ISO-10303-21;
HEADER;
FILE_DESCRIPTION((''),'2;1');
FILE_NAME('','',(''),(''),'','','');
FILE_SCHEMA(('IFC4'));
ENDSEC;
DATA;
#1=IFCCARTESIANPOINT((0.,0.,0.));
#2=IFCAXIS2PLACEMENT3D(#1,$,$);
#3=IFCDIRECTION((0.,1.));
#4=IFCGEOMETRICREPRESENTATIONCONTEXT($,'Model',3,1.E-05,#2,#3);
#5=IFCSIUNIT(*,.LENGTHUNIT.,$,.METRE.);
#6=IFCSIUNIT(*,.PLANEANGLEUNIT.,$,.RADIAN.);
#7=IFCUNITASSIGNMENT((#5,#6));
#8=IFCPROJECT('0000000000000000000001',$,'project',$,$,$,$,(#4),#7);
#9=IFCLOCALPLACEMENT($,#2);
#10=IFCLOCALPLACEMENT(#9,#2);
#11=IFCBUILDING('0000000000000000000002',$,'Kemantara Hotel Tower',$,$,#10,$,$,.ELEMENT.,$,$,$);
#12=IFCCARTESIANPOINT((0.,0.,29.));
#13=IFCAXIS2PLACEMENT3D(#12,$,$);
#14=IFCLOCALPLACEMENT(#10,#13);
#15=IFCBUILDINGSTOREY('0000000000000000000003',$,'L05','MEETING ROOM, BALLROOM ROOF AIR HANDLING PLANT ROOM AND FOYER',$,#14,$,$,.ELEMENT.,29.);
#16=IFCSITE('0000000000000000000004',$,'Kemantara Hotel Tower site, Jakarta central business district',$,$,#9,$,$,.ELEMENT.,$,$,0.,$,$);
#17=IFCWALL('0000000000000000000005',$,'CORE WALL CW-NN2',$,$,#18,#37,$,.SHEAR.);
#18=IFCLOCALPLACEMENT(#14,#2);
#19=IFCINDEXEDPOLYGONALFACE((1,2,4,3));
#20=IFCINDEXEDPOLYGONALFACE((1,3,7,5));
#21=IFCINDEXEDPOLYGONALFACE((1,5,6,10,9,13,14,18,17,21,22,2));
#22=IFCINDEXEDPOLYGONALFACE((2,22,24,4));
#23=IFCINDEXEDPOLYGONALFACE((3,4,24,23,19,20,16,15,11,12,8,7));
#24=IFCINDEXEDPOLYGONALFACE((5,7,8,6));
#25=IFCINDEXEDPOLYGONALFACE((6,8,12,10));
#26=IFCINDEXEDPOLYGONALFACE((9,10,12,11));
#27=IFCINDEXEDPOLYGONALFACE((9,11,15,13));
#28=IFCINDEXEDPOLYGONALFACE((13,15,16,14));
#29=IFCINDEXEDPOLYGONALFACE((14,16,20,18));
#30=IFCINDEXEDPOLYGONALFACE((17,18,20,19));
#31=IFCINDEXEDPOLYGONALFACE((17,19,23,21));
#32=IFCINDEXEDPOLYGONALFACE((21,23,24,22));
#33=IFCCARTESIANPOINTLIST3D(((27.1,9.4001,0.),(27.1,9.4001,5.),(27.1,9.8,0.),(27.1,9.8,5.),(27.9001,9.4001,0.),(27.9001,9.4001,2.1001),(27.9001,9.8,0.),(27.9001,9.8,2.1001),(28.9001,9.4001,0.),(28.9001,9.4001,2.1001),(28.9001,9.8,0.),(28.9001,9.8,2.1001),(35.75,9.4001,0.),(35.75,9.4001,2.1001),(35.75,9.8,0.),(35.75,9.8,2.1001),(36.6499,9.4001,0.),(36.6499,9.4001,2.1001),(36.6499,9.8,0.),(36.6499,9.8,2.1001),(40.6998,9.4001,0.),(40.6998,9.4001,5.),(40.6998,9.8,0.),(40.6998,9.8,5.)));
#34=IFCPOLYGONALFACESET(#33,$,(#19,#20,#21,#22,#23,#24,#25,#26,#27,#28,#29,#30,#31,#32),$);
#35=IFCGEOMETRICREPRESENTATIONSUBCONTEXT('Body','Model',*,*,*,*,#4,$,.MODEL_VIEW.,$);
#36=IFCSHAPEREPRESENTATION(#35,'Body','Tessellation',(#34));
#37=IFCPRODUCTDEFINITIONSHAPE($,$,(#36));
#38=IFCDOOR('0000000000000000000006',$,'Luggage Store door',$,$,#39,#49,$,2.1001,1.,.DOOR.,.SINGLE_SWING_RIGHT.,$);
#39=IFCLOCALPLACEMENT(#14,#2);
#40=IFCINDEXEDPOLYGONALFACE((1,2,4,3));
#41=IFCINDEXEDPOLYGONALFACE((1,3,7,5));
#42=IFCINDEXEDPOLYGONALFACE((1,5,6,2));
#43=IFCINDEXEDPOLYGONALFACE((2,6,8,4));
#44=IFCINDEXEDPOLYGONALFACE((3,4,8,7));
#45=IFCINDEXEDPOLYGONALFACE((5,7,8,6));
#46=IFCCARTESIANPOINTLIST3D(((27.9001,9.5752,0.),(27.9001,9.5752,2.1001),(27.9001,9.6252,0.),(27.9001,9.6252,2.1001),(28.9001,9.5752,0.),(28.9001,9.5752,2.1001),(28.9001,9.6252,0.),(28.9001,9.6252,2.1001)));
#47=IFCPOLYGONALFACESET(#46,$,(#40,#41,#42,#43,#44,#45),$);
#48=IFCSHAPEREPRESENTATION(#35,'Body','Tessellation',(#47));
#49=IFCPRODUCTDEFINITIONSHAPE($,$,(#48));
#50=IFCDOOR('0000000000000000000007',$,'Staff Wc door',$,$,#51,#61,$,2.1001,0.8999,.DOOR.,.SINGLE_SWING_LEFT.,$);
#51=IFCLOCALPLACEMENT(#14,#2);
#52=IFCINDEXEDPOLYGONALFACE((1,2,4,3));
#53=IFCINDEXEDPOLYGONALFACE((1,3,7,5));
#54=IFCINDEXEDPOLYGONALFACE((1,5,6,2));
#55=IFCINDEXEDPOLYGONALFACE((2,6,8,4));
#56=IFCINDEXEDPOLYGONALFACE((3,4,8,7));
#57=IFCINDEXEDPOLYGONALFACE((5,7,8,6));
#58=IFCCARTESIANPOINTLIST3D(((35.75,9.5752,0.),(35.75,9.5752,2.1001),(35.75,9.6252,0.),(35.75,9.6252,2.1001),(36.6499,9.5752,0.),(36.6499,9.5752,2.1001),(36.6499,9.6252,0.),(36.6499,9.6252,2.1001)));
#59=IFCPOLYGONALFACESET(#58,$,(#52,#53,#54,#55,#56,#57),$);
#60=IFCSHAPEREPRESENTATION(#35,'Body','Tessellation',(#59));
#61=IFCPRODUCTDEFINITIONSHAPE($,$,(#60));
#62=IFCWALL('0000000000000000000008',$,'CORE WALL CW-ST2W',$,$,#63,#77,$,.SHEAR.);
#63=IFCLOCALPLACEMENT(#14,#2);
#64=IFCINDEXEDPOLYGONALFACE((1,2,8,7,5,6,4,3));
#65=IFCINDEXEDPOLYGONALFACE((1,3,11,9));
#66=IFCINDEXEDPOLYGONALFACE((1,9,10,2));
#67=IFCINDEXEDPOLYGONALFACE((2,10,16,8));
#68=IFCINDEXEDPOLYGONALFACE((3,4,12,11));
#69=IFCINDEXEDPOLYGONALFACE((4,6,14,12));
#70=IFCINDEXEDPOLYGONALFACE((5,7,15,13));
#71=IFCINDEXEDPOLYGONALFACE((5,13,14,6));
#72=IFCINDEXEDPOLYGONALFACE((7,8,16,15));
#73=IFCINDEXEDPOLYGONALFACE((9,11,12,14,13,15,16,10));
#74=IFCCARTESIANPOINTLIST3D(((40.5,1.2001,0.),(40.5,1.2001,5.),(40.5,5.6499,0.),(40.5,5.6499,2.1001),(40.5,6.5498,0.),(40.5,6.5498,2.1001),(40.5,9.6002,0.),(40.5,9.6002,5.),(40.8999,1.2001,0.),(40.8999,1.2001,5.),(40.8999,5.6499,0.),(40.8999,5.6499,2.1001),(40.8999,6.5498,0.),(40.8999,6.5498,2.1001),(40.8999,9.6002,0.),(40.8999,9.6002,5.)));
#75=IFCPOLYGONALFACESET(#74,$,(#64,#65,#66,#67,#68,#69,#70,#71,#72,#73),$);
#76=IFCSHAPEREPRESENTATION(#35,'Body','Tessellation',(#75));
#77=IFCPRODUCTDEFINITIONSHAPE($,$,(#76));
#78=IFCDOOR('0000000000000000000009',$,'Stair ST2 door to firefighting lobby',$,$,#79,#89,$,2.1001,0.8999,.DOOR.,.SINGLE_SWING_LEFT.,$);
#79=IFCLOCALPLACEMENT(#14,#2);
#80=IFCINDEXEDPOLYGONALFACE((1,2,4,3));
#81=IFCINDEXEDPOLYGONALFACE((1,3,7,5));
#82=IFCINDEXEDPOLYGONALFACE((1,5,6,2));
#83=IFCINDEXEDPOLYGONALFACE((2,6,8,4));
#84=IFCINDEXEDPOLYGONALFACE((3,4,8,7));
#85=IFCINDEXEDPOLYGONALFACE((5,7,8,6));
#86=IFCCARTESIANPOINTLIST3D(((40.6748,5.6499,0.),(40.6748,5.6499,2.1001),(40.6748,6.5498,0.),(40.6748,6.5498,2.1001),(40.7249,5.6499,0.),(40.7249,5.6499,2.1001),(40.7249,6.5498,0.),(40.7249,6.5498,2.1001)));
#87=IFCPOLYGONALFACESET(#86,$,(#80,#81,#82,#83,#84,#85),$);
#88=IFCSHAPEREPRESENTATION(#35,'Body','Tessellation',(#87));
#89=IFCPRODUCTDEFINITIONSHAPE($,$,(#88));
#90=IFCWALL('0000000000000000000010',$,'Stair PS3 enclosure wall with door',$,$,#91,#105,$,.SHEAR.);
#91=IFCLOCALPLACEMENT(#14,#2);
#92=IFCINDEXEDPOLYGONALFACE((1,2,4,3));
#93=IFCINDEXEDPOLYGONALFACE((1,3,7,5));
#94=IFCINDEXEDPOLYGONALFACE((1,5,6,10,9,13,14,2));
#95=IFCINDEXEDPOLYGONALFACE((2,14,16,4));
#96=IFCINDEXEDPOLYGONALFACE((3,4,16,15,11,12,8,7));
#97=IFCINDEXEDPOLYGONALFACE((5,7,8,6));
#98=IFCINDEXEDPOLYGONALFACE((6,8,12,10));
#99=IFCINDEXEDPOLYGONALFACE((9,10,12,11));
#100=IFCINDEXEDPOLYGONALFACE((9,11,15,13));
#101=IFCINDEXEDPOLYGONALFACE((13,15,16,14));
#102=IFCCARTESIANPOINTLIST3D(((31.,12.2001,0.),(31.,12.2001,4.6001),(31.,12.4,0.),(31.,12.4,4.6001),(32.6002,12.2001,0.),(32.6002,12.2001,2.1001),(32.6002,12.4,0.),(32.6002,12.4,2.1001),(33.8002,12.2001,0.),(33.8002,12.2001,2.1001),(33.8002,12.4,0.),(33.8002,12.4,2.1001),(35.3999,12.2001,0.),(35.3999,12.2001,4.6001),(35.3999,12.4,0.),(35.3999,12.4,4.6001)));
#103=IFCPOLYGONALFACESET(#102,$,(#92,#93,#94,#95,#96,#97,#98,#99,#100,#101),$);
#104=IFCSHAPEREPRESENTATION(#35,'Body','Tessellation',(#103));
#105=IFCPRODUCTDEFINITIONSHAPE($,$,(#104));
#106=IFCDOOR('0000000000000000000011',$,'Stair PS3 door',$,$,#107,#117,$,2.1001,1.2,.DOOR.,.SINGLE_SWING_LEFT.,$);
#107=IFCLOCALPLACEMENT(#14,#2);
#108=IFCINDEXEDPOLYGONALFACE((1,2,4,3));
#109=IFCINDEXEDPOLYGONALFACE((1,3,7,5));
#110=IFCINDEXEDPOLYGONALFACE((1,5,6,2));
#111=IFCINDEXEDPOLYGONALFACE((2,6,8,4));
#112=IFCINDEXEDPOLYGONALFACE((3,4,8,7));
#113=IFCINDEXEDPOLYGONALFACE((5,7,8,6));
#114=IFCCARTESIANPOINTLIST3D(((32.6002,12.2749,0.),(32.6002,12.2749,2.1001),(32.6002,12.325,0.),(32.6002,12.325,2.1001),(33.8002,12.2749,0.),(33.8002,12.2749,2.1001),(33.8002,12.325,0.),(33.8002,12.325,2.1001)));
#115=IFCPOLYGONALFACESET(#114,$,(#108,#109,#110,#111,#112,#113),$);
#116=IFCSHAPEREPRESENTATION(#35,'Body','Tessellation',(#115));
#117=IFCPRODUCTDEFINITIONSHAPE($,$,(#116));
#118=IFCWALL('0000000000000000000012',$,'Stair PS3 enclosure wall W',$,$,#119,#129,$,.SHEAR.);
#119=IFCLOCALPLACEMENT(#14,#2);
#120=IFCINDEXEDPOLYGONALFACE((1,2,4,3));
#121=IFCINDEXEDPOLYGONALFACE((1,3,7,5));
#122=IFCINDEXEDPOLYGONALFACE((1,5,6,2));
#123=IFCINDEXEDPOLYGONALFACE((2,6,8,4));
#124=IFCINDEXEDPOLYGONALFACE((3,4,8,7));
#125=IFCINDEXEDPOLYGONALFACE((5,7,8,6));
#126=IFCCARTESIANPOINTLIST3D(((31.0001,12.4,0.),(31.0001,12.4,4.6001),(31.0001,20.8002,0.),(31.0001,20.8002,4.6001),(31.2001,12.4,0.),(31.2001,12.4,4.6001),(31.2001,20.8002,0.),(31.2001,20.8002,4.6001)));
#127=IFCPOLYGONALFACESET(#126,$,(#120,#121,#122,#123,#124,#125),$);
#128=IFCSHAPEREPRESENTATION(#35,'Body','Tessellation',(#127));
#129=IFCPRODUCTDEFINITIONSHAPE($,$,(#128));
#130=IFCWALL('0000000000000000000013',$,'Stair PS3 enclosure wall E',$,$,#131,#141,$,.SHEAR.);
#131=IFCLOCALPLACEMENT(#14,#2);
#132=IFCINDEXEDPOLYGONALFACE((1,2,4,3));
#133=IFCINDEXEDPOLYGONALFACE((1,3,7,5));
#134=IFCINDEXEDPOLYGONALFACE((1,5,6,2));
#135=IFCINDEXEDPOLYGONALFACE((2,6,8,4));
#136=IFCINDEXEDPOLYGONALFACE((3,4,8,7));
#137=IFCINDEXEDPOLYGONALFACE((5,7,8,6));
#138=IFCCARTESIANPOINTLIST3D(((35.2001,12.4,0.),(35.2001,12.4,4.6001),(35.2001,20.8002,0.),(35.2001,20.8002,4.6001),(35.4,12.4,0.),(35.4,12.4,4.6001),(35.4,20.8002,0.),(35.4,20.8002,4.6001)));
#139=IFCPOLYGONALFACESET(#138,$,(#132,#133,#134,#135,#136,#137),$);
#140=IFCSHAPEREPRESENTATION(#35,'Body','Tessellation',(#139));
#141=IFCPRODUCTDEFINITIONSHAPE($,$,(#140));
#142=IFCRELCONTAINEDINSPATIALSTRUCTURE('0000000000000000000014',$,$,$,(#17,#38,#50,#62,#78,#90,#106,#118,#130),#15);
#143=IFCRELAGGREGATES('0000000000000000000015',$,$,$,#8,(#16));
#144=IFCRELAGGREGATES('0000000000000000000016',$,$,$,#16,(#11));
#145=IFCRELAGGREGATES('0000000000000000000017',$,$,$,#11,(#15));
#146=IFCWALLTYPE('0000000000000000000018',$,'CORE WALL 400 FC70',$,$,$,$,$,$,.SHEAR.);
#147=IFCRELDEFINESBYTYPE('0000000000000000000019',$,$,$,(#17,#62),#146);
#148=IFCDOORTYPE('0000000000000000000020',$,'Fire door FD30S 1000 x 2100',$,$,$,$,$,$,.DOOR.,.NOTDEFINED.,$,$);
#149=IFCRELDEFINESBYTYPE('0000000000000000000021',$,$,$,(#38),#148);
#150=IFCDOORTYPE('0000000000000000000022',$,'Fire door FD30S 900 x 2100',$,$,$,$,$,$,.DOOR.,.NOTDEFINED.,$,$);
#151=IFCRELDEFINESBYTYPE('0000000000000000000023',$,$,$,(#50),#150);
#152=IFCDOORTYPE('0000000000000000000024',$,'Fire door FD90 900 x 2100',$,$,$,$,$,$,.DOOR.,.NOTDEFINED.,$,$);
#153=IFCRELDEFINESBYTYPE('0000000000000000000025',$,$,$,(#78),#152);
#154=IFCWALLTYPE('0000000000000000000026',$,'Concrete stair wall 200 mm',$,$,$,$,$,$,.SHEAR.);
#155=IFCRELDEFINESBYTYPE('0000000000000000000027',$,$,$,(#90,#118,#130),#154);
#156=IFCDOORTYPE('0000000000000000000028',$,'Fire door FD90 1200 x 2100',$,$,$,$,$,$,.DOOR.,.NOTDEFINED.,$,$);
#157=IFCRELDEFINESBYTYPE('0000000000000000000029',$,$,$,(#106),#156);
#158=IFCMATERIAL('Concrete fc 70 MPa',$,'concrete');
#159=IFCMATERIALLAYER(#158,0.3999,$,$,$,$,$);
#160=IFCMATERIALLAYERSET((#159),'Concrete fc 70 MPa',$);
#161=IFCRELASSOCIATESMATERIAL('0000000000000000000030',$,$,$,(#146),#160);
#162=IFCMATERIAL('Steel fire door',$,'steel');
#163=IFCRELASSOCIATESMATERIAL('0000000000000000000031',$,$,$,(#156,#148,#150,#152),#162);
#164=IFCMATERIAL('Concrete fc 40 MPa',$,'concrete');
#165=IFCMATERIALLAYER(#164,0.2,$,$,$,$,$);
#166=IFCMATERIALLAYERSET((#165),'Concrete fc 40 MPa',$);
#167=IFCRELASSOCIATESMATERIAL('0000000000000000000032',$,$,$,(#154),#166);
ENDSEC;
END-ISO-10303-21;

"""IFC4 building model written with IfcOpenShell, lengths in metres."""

from ifc_helpers import new_model, si_unit, direction, frame, frame_2d, origin, place, context, subcontext, project, spatial, rectangle, extrude, material, layer, layer_set, type_object, element, fill, save


model = new_model("IFC4")

# Units and contexts
model_context = context("Model", 3, precision=1e-05, world=origin(), true_north=direction((0.0, 1.0)))
body_context = subcontext(model_context, "Body", "Model", "MODEL_VIEW")
ifc_project = project(units=[si_unit("LENGTHUNIT", "METRE"), si_unit("PLANEANGLEUNIT", "RADIAN")], contexts=[model_context])

# Site, building, storey
site_placement = place(None, origin())
site = spatial("IfcSite", under=ifc_project, at=site_placement, Name="Kemantara Hotel Tower site, Jakarta central business district", CompositionType="ELEMENT", RefElevation=0.0)
building_placement = place(site_placement, origin())
building = spatial("IfcBuilding", under=site, at=building_placement, Name="Kemantara Hotel Tower", CompositionType="ELEMENT")
storey_placement = place(building_placement, frame((0.0, 0.0, 29.0)))
storey = spatial("IfcBuildingStorey", under=building, at=storey_placement, Name="L05", Description="MEETING ROOM, BALLROOM ROOF AIR HANDLING PLANT ROOM AND FOYER", CompositionType="ELEMENT", Elevation=29.0)

# Shared definitions
ifc_material_1 = material(Name="Concrete fc 70 MPa", Category="concrete")

# Shared definitions
ifc_layer_1 = layer(ifc_material_1, 0.3999)
ifc_layer_set_1 = layer_set([ifc_layer_1], Name="Concrete fc 70 MPa")
wall_type_1 = type_object("IfcWallType", Name="CORE WALL 400 FC70", PredefinedType="SHEAR", material=ifc_layer_set_1)
ifc_material_2 = material(Name="Steel fire door", Category="steel")
door_type_1 = type_object("IfcDoorType", Name="Fire door FD90 1200 x 2100", OperationType="NOTDEFINED", PredefinedType="DOOR", material=ifc_material_2)

# Wall, openings, doors
wall_1_placement = place(storey_placement, frame((27.1001, 9.6001, 0.0), z_axis=(0.0, 0.0, 1.0), x_axis=(1.0, 0.0, 0.0)))
wall_1 = element("IfcWall", 1, at=wall_1_placement, inside=storey, type_object=wall_type_1, Name="CORE WALL CW-NN2", PredefinedType="SHEAR", context=body_context, shape_type="SweptSolid", body=[
    extrude(rectangle(XDim=13.5999, YDim=0.3999, at=frame_2d((6.7998, 0.0))), origin(), (0.0, 0.0, 1.0), 5.0),
])
opening_1_placement = place(wall_1_placement, frame((0.8, 0.0, 0.0)))
opening_1 = element("IfcOpeningElement", 2, at=opening_1_placement, cuts=wall_1, PredefinedType="OPENING", context=body_context, shape_type="SweptSolid", body=[
    extrude(rectangle(XDim=1.0, YDim=2.1001, at=frame_2d((0.5, 1.05))), frame((0.0, 0.21, 0.0), z_axis=(0.0, -1.0, 0.0), x_axis=(1.0, 0.0, 0.0)), (0.0, 0.0, 1.0), 0.4199),
])
opening_2_placement = place(wall_1_placement, frame((8.6499, 0.0, 0.0)))
opening_2 = element("IfcOpeningElement", 3, at=opening_2_placement, cuts=wall_1, PredefinedType="OPENING", context=body_context, shape_type="SweptSolid", body=[
    extrude(rectangle(XDim=0.8999, YDim=2.1001, at=frame_2d((0.45, 1.05))), frame((0.0, 0.21, 0.0), z_axis=(0.0, -1.0, 0.0), x_axis=(1.0, 0.0, 0.0)), (0.0, 0.0, 1.0), 0.4199),
])
door_type_2 = type_object("IfcDoorType", Name="Fire door FD30S 1000 x 2100", OperationType="NOTDEFINED", PredefinedType="DOOR", material=ifc_material_2)
door_1_placement = place(opening_1_placement, frame((1.0, 0.0, 0.0), z_axis=(0.0, 0.0, 1.0), x_axis=(-1.0, 0.0, 0.0)))
door_1 = element("IfcDoor", 4, at=door_1_placement, inside=storey, type_object=door_type_2, Name="Luggage Store door", OperationType="SINGLE_SWING_RIGHT", OverallHeight=2.1001, OverallWidth=1.0, PredefinedType="DOOR", context=body_context, shape_type="SweptSolid", body=[
    extrude(rectangle(XDim=1.0, YDim=2.1001, at=frame_2d((0.5, 1.05))), frame((0.0, 0.0249, 0.0), z_axis=(0.0, -1.0, 0.0), x_axis=(1.0, 0.0, 0.0)), (0.0, 0.0, 1.0), 0.05),
])
fill(opening_1, door_1)
door_type_3 = type_object("IfcDoorType", Name="Fire door FD30S 900 x 2100", OperationType="NOTDEFINED", PredefinedType="DOOR", material=ifc_material_2)
door_2_placement = place(opening_2_placement, frame((0.8999, 0.0, 0.0), z_axis=(0.0, 0.0, 1.0), x_axis=(-1.0, 0.0, 0.0)))
door_2 = element("IfcDoor", 5, at=door_2_placement, inside=storey, type_object=door_type_3, Name="Staff Wc door", OperationType="SINGLE_SWING_LEFT", OverallHeight=2.1001, OverallWidth=0.8999, PredefinedType="DOOR", context=body_context, shape_type="SweptSolid", body=[
    extrude(rectangle(XDim=0.8999, YDim=2.1001, at=frame_2d((0.45, 1.05))), frame((0.0, 0.0249, 0.0), z_axis=(0.0, -1.0, 0.0), x_axis=(1.0, 0.0, 0.0)), (0.0, 0.0, 1.0), 0.05),
])
fill(opening_2, door_2)

# Walls, openings, doors
wall_2_placement = place(storey_placement, frame((40.7, 1.2, 0.0), z_axis=(0.0, 0.0, 1.0), x_axis=(0.0, 1.0, 0.0)))
wall_2 = element("IfcWall", 6, at=wall_2_placement, inside=storey, type_object=wall_type_1, Name="CORE WALL CW-ST2W", PredefinedType="SHEAR", context=body_context, shape_type="SweptSolid", body=[
    extrude(rectangle(XDim=8.4001, YDim=0.3999, at=frame_2d((4.2002, 0.0))), origin(), (0.0, 0.0, 1.0), 5.0),
])
opening_3_placement = place(wall_2_placement, frame((4.45, 0.0, 0.0)))
opening_3 = element("IfcOpeningElement", 7, at=opening_3_placement, cuts=wall_2, PredefinedType="OPENING", context=body_context, shape_type="SweptSolid", body=[
    extrude(rectangle(XDim=0.8999, YDim=2.1001, at=frame_2d((0.45, 1.05))), frame((0.0, 0.21, 0.0), z_axis=(0.0, -1.0, 0.0), x_axis=(1.0, 0.0, 0.0)), (0.0, 0.0, 1.0), 0.4199),
])
door_type_4 = type_object("IfcDoorType", Name="Fire door FD90 900 x 2100", OperationType="NOTDEFINED", PredefinedType="DOOR", material=ifc_material_2)
door_3_placement = place(opening_3_placement, frame((0.8999, 0.0, 0.0), z_axis=(0.0, 0.0, 1.0), x_axis=(-1.0, 0.0, 0.0)))
door_3 = element("IfcDoor", 8, at=door_3_placement, inside=storey, type_object=door_type_4, Name="Stair ST2 door to firefighting lobby", OperationType="SINGLE_SWING_LEFT", OverallHeight=2.1001, OverallWidth=0.8999, PredefinedType="DOOR", context=body_context, shape_type="SweptSolid", body=[
    extrude(rectangle(XDim=0.8999, YDim=2.1001, at=frame_2d((0.45, 1.05))), frame((0.0, 0.0249, 0.0), z_axis=(0.0, -1.0, 0.0), x_axis=(1.0, 0.0, 0.0)), (0.0, 0.0, 1.0), 0.05),
])
fill(opening_3, door_3)
ifc_material_3 = material(Name="Concrete fc 40 MPa", Category="concrete")
ifc_layer_2 = layer(ifc_material_3, 0.2)
ifc_layer_set_2 = layer_set([ifc_layer_2], Name="Concrete fc 40 MPa")
wall_type_2 = type_object("IfcWallType", Name="Concrete stair wall 200 mm", PredefinedType="SHEAR", material=ifc_layer_set_2)
wall_3_placement = place(storey_placement, frame((31.0, 12.3, 0.0), z_axis=(0.0, 0.0, 1.0), x_axis=(1.0, 0.0, 0.0)))
wall_3 = element("IfcWall", 9, at=wall_3_placement, inside=storey, type_object=wall_type_2, Name="Stair PS3 enclosure wall with door", PredefinedType="SHEAR", context=body_context, shape_type="SweptSolid", body=[
    extrude(rectangle(XDim=4.3999, YDim=0.2, at=frame_2d((2.2, 0.0))), origin(), (0.0, 0.0, 1.0), 4.6001),
])
opening_4_placement = place(wall_3_placement, frame((1.6001, 0.0, 0.0)))
opening_4 = element("IfcOpeningElement", 10, at=opening_4_placement, cuts=wall_3, PredefinedType="OPENING", context=body_context, shape_type="SweptSolid", body=[
    extrude(rectangle(XDim=1.2, YDim=2.1001, at=frame_2d((0.6001, 1.05))), frame((0.0, 0.1099, 0.0), z_axis=(0.0, -1.0, 0.0), x_axis=(1.0, 0.0, 0.0)), (0.0, 0.0, 1.0), 0.22),
])
door_4_placement = place(opening_4_placement, origin())
door_4 = element("IfcDoor", 11, at=door_4_placement, inside=storey, type_object=door_type_1, Name="Stair PS3 door", OperationType="SINGLE_SWING_LEFT", OverallHeight=2.1001, OverallWidth=1.2, PredefinedType="DOOR", context=body_context, shape_type="SweptSolid", body=[
    extrude(rectangle(XDim=1.2, YDim=2.1001, at=frame_2d((0.6001, 1.05))), frame((0.0, 0.0249, 0.0), z_axis=(0.0, -1.0, 0.0), x_axis=(1.0, 0.0, 0.0)), (0.0, 0.0, 1.0), 0.05),
])
fill(opening_4, door_4)

# Walls
for number, where, z_axis, x_axis, name in (
    (12, (31.1001, 12.3999, 0.0), (0.0, 0.0, 1.0), (0.0, 1.0, 0.0), "Stair PS3 enclosure wall W"),
    (13, (35.3, 12.3999, 0.0), (0.0, 0.0, 1.0), (0.0, 1.0, 0.0), "Stair PS3 enclosure wall E"),
):
    element("IfcWall", number, at=place(storey_placement, frame(where, z_axis=z_axis, x_axis=x_axis)), inside=storey, type_object=wall_type_2, Name=name, PredefinedType="SHEAR", context=body_context, shape_type="SweptSolid", body=[
        extrude(rectangle(XDim=8.4001, YDim=0.2, at=frame_2d((4.2002, 0.0))), origin(), (0.0, 0.0, 1.0), 4.6001),
    ])

save(model, "model.ifc")
